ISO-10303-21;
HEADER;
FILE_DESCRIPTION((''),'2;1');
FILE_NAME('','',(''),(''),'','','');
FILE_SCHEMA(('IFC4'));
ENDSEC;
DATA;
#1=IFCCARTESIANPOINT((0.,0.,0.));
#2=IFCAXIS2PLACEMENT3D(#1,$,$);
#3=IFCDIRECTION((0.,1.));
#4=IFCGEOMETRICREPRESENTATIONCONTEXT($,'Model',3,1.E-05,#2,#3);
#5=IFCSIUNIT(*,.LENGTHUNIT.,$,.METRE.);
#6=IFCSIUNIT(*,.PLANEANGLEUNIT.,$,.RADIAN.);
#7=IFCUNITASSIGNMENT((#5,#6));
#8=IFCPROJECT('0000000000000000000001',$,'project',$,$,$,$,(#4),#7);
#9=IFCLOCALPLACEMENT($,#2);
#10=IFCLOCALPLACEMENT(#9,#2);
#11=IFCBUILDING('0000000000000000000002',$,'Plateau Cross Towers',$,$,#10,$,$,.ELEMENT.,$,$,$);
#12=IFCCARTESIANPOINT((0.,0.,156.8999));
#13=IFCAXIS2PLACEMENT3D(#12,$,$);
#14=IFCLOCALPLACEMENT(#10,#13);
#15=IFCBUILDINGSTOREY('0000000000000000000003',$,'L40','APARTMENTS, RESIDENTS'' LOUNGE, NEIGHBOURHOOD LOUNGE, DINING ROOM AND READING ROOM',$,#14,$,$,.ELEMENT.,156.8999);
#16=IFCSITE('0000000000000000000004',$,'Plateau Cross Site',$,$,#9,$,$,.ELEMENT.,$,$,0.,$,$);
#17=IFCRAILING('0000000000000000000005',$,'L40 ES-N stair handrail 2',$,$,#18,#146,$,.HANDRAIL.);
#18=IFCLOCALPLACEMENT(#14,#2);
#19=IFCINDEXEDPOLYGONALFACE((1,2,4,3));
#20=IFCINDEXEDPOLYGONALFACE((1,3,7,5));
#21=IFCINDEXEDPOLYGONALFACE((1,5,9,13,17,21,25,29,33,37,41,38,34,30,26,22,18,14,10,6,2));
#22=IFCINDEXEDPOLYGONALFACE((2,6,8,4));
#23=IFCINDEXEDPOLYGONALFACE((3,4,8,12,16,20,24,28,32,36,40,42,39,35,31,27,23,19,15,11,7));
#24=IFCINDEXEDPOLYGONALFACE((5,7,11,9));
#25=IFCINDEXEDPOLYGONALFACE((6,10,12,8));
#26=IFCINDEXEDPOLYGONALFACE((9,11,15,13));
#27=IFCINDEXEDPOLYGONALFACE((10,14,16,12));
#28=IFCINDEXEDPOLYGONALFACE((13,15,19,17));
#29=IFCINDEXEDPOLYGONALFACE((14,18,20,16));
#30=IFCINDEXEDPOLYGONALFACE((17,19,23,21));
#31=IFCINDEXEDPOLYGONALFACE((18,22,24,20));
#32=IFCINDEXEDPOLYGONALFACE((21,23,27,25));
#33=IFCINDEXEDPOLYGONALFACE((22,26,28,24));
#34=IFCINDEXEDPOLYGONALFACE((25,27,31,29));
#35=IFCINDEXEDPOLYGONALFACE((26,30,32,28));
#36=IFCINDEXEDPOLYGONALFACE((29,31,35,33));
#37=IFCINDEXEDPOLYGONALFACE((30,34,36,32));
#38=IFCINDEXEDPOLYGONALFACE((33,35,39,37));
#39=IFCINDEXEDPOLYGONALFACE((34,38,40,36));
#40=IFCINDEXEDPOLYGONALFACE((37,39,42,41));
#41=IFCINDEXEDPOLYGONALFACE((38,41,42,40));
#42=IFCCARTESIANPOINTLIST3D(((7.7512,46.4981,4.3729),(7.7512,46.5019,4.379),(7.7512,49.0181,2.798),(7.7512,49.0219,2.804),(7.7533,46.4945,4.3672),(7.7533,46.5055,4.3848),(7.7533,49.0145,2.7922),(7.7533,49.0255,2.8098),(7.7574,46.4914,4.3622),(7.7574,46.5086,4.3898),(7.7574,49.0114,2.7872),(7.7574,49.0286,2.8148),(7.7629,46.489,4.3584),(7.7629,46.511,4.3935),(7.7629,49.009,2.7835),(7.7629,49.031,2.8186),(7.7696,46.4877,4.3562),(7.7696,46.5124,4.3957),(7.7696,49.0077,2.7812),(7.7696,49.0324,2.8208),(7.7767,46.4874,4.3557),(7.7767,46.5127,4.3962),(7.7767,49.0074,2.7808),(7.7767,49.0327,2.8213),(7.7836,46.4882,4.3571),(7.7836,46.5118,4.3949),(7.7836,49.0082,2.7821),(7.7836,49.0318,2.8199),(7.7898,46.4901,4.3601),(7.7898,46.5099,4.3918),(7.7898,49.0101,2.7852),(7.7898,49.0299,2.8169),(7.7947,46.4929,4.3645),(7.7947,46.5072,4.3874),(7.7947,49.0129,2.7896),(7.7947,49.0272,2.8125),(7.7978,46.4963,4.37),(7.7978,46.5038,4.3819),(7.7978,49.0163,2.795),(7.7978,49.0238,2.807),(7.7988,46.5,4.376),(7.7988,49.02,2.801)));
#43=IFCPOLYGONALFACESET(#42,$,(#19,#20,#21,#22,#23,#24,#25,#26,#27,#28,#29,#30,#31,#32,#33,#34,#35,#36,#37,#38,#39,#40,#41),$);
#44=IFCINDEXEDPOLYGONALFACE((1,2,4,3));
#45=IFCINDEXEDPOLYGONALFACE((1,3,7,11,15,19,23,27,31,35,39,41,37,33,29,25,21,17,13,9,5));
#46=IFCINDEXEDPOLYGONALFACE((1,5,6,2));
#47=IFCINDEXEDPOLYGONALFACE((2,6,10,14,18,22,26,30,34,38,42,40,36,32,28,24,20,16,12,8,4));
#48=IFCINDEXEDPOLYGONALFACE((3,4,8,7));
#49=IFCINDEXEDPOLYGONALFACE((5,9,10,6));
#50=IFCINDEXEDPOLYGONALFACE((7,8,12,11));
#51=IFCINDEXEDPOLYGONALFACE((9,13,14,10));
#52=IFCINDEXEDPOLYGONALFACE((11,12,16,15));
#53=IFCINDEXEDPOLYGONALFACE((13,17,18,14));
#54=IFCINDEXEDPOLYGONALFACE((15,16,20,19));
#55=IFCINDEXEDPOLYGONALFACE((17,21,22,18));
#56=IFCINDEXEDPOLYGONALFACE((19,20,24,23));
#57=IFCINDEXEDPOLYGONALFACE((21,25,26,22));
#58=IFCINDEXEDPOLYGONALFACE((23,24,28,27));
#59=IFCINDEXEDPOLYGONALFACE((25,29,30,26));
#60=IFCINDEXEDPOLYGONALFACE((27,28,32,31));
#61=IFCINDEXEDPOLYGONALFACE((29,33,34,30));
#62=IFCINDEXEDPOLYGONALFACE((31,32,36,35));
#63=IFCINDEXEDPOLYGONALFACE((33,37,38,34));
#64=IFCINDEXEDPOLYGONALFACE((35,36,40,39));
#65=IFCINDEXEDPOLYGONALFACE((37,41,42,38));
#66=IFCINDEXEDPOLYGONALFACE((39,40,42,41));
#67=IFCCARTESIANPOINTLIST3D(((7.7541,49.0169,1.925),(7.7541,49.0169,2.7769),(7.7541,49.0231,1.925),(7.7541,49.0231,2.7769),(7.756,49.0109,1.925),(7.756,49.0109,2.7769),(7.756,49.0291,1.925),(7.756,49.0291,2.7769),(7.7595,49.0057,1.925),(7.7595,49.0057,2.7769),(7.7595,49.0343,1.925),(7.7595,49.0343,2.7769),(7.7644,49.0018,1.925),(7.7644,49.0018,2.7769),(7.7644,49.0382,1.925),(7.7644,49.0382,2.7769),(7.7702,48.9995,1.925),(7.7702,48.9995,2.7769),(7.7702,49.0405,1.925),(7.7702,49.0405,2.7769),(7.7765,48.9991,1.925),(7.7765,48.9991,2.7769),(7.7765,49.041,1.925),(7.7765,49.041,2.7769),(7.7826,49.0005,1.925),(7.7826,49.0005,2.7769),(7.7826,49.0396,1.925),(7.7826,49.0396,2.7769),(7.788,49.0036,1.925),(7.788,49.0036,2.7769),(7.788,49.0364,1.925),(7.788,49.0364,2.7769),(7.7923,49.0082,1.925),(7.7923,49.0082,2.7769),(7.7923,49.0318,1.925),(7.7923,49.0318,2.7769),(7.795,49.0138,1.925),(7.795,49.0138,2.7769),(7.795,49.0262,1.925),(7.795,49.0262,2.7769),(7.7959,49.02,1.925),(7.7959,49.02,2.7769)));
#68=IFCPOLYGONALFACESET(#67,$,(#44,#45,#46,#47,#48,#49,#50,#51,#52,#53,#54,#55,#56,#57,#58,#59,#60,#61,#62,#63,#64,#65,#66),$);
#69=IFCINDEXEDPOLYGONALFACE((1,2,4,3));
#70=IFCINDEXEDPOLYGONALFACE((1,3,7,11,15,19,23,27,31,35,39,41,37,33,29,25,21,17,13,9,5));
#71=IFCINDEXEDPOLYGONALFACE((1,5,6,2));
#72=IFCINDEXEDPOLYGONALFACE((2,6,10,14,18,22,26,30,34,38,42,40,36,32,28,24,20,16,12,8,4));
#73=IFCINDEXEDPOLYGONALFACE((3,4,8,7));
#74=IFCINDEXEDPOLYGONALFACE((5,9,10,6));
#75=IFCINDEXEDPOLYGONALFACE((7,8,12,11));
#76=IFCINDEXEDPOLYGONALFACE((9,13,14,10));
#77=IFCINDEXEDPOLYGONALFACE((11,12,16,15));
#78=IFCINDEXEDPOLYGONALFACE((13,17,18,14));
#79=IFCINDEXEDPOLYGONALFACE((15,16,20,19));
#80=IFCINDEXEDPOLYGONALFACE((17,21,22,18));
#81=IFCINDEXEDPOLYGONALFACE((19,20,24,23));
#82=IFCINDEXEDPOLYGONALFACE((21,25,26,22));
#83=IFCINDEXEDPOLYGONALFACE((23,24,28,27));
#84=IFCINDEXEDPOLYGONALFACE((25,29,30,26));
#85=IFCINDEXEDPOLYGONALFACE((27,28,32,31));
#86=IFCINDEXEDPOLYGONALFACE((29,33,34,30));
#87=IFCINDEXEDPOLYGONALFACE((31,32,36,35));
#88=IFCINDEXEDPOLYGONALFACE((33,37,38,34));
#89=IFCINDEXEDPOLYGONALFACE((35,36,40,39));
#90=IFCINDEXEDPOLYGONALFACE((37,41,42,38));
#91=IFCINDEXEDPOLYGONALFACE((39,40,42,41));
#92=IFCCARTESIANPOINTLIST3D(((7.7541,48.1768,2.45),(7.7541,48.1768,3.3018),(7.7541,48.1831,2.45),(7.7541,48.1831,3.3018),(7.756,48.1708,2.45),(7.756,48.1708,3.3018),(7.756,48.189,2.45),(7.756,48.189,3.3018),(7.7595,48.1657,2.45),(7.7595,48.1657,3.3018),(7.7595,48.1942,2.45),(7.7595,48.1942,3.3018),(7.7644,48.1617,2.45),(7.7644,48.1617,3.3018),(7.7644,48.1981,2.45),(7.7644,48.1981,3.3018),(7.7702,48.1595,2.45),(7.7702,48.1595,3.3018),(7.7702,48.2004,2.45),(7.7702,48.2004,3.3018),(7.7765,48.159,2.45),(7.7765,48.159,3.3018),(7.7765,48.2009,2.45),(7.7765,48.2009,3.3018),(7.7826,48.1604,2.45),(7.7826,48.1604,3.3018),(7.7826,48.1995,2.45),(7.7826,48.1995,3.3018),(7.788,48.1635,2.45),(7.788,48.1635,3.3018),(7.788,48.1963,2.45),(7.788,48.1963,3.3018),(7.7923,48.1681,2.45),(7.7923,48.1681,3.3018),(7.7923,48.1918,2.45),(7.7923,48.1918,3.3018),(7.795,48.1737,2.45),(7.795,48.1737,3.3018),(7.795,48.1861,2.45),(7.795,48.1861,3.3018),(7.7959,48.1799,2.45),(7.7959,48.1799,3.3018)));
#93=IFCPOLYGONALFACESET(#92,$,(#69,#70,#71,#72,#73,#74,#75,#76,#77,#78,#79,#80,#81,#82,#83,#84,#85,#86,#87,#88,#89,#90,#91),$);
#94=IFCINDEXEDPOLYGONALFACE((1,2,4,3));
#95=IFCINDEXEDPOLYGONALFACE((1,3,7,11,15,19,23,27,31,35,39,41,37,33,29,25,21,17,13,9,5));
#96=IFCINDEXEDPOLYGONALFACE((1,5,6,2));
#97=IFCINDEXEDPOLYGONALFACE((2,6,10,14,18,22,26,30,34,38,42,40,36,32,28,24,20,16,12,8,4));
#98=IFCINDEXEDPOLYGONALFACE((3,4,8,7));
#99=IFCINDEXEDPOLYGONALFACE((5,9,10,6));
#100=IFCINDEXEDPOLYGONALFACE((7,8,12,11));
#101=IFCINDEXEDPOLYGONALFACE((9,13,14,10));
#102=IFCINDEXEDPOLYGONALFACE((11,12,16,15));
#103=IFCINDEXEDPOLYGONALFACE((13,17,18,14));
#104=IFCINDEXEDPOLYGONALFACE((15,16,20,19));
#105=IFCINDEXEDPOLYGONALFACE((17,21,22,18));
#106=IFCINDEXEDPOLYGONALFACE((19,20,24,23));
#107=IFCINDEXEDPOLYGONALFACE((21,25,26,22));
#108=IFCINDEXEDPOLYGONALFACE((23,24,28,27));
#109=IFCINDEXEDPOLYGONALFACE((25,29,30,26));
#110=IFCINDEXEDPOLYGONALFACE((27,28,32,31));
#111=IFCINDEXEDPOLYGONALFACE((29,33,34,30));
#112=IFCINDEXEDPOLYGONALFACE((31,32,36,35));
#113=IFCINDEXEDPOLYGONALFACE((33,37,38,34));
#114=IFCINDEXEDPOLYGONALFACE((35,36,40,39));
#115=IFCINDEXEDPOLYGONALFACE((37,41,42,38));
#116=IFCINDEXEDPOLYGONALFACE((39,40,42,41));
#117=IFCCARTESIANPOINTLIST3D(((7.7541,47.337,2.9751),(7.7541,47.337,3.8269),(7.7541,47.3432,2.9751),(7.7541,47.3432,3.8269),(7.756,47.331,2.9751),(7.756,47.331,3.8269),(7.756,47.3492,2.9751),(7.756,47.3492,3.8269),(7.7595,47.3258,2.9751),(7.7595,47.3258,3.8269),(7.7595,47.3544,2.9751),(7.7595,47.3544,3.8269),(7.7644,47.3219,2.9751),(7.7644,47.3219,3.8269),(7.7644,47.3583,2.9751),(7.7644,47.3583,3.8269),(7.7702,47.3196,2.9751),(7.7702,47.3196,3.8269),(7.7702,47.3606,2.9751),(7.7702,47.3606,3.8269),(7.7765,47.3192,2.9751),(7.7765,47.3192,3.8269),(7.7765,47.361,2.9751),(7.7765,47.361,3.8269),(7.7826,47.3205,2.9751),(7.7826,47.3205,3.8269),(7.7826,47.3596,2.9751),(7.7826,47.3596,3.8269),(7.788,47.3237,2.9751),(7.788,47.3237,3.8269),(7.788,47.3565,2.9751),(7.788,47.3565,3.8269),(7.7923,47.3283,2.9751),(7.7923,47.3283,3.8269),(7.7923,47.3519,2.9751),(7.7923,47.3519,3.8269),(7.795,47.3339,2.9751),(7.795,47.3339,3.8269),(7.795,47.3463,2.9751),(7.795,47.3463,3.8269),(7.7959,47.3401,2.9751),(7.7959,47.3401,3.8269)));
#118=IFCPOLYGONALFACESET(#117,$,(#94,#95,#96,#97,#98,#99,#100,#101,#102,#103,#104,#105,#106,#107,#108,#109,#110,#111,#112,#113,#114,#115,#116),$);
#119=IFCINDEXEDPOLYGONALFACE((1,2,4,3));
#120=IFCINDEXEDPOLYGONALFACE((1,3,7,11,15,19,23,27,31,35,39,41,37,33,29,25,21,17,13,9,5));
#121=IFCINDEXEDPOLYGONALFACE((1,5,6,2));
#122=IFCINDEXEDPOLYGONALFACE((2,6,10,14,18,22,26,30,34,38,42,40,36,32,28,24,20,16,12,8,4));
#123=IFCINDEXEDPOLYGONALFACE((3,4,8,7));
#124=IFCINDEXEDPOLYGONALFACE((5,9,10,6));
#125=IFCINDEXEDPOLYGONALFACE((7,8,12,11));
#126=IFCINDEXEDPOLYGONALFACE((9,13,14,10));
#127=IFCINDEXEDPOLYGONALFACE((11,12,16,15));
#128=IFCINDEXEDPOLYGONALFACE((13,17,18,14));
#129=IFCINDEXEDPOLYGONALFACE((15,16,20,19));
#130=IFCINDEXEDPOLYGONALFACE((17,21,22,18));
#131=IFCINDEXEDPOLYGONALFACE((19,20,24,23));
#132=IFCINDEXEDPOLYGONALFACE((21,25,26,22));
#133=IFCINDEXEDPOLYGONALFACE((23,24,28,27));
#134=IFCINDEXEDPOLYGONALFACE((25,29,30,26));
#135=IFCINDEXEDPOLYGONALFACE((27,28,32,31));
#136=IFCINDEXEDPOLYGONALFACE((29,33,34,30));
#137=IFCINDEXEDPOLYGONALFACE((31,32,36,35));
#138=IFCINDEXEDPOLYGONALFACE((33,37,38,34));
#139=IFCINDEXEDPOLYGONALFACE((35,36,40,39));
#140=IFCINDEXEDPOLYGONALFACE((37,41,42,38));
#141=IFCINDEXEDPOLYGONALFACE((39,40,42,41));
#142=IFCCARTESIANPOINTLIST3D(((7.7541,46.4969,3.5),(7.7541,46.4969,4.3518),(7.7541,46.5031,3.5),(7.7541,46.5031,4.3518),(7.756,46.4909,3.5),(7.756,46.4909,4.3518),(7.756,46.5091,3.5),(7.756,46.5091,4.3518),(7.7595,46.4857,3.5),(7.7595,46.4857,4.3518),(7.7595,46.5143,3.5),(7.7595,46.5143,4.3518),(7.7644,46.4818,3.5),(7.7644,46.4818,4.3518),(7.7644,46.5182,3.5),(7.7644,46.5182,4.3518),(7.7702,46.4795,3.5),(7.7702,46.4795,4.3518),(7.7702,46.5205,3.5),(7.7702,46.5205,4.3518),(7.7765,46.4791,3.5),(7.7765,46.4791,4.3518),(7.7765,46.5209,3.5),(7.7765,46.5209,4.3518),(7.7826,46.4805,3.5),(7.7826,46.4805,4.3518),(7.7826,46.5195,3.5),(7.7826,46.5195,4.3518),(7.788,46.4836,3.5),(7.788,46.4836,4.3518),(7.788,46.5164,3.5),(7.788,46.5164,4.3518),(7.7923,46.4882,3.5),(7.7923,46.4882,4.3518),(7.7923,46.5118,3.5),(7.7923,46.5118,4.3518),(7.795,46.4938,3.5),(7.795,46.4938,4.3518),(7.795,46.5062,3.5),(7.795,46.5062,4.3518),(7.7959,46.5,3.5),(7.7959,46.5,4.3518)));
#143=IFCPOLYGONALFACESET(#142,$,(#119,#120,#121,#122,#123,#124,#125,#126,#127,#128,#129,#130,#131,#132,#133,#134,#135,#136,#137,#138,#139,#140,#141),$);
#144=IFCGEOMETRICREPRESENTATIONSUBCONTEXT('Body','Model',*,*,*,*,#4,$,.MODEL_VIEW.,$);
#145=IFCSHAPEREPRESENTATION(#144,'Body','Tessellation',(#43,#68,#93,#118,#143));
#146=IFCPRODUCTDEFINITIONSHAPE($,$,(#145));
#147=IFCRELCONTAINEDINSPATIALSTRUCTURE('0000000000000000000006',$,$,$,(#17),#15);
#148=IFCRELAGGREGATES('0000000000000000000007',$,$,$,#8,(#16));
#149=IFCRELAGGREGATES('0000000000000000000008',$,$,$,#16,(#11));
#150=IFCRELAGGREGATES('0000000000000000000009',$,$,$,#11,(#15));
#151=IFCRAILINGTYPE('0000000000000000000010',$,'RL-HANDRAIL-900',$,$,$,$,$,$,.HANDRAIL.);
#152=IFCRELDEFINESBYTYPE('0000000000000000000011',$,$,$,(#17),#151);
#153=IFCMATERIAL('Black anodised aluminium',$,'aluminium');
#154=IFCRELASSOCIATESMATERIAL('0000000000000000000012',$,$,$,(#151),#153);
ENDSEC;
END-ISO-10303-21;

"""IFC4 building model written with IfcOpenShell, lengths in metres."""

from ifc_helpers import new_model, si_unit, direction, frame, origin, origin_2d, place, context, subcontext, project, spatial, circle, extrude, material, type_object, element, save


model = new_model("IFC4")

# Units and contexts
model_context = context("Model", 3, precision=1e-05, world=origin(), true_north=direction((0.0, 1.0)))
body_context = subcontext(model_context, "Body", "Model", "MODEL_VIEW")
ifc_project = project(units=[si_unit("LENGTHUNIT", "METRE"), si_unit("PLANEANGLEUNIT", "RADIAN")], contexts=[model_context])

# Site, building, storey
site_placement = place(None, origin())
site = spatial("IfcSite", under=ifc_project, at=site_placement, Name="Plateau Cross Site", CompositionType="ELEMENT", RefElevation=0.0)
building_placement = place(site_placement, origin())
building = spatial("IfcBuilding", under=site, at=building_placement, Name="Plateau Cross Towers", CompositionType="ELEMENT")
storey_placement = place(building_placement, frame((0.0, 0.0, 156.8999)))
storey = spatial("IfcBuildingStorey", under=building, at=storey_placement, Name="L40", Description="APARTMENTS, RESIDENTS' LOUNGE, NEIGHBOURHOOD LOUNGE, DINING ROOM AND READING ROOM", CompositionType="ELEMENT", Elevation=156.8999)

# Shared definitions
ifc_material_1 = material(Name="Black anodised aluminium", Category="aluminium")

# Railing
railing_type_1 = type_object("IfcRailingType", Name="RL-HANDRAIL-900", PredefinedType="HANDRAIL", material=ifc_material_1)
railing_1_placement = place(storey_placement, frame((7.7749, 49.02, 1.925)))
element("IfcRailing", 1, at=railing_1_placement, inside=storey, type_object=railing_type_1, Name="L40 ES-N stair handrail 2", PredefinedType="HANDRAIL", context=body_context, shape_type="SweptSolid", body=[
    extrude(circle(Radius=0.0239, at=origin_2d()), frame((0.0, 0.0, 0.876), z_axis=(0.0, -0.848008, 0.529984), x_axis=(1.0, 0.0, 0.0)), (0.0, 0.0, 1.0), 2.9717),
    extrude(circle(Radius=0.021, at=origin_2d()), origin(), (0.0, 0.0, 1.0), 0.8518),
    extrude(circle(Radius=0.021, at=origin_2d()), frame((0.0, -0.8401, 0.5249)), (0.0, 0.0, 1.0), 0.8518),
    extrude(circle(Radius=0.021, at=origin_2d()), frame((0.0, -1.6799, 1.05)), (0.0, 0.0, 1.0), 0.8518),
    extrude(circle(Radius=0.021, at=origin_2d()), frame((0.0, -2.52, 1.575)), (0.0, 0.0, 1.0), 0.8518),
])

save(model, "model.ifc")
